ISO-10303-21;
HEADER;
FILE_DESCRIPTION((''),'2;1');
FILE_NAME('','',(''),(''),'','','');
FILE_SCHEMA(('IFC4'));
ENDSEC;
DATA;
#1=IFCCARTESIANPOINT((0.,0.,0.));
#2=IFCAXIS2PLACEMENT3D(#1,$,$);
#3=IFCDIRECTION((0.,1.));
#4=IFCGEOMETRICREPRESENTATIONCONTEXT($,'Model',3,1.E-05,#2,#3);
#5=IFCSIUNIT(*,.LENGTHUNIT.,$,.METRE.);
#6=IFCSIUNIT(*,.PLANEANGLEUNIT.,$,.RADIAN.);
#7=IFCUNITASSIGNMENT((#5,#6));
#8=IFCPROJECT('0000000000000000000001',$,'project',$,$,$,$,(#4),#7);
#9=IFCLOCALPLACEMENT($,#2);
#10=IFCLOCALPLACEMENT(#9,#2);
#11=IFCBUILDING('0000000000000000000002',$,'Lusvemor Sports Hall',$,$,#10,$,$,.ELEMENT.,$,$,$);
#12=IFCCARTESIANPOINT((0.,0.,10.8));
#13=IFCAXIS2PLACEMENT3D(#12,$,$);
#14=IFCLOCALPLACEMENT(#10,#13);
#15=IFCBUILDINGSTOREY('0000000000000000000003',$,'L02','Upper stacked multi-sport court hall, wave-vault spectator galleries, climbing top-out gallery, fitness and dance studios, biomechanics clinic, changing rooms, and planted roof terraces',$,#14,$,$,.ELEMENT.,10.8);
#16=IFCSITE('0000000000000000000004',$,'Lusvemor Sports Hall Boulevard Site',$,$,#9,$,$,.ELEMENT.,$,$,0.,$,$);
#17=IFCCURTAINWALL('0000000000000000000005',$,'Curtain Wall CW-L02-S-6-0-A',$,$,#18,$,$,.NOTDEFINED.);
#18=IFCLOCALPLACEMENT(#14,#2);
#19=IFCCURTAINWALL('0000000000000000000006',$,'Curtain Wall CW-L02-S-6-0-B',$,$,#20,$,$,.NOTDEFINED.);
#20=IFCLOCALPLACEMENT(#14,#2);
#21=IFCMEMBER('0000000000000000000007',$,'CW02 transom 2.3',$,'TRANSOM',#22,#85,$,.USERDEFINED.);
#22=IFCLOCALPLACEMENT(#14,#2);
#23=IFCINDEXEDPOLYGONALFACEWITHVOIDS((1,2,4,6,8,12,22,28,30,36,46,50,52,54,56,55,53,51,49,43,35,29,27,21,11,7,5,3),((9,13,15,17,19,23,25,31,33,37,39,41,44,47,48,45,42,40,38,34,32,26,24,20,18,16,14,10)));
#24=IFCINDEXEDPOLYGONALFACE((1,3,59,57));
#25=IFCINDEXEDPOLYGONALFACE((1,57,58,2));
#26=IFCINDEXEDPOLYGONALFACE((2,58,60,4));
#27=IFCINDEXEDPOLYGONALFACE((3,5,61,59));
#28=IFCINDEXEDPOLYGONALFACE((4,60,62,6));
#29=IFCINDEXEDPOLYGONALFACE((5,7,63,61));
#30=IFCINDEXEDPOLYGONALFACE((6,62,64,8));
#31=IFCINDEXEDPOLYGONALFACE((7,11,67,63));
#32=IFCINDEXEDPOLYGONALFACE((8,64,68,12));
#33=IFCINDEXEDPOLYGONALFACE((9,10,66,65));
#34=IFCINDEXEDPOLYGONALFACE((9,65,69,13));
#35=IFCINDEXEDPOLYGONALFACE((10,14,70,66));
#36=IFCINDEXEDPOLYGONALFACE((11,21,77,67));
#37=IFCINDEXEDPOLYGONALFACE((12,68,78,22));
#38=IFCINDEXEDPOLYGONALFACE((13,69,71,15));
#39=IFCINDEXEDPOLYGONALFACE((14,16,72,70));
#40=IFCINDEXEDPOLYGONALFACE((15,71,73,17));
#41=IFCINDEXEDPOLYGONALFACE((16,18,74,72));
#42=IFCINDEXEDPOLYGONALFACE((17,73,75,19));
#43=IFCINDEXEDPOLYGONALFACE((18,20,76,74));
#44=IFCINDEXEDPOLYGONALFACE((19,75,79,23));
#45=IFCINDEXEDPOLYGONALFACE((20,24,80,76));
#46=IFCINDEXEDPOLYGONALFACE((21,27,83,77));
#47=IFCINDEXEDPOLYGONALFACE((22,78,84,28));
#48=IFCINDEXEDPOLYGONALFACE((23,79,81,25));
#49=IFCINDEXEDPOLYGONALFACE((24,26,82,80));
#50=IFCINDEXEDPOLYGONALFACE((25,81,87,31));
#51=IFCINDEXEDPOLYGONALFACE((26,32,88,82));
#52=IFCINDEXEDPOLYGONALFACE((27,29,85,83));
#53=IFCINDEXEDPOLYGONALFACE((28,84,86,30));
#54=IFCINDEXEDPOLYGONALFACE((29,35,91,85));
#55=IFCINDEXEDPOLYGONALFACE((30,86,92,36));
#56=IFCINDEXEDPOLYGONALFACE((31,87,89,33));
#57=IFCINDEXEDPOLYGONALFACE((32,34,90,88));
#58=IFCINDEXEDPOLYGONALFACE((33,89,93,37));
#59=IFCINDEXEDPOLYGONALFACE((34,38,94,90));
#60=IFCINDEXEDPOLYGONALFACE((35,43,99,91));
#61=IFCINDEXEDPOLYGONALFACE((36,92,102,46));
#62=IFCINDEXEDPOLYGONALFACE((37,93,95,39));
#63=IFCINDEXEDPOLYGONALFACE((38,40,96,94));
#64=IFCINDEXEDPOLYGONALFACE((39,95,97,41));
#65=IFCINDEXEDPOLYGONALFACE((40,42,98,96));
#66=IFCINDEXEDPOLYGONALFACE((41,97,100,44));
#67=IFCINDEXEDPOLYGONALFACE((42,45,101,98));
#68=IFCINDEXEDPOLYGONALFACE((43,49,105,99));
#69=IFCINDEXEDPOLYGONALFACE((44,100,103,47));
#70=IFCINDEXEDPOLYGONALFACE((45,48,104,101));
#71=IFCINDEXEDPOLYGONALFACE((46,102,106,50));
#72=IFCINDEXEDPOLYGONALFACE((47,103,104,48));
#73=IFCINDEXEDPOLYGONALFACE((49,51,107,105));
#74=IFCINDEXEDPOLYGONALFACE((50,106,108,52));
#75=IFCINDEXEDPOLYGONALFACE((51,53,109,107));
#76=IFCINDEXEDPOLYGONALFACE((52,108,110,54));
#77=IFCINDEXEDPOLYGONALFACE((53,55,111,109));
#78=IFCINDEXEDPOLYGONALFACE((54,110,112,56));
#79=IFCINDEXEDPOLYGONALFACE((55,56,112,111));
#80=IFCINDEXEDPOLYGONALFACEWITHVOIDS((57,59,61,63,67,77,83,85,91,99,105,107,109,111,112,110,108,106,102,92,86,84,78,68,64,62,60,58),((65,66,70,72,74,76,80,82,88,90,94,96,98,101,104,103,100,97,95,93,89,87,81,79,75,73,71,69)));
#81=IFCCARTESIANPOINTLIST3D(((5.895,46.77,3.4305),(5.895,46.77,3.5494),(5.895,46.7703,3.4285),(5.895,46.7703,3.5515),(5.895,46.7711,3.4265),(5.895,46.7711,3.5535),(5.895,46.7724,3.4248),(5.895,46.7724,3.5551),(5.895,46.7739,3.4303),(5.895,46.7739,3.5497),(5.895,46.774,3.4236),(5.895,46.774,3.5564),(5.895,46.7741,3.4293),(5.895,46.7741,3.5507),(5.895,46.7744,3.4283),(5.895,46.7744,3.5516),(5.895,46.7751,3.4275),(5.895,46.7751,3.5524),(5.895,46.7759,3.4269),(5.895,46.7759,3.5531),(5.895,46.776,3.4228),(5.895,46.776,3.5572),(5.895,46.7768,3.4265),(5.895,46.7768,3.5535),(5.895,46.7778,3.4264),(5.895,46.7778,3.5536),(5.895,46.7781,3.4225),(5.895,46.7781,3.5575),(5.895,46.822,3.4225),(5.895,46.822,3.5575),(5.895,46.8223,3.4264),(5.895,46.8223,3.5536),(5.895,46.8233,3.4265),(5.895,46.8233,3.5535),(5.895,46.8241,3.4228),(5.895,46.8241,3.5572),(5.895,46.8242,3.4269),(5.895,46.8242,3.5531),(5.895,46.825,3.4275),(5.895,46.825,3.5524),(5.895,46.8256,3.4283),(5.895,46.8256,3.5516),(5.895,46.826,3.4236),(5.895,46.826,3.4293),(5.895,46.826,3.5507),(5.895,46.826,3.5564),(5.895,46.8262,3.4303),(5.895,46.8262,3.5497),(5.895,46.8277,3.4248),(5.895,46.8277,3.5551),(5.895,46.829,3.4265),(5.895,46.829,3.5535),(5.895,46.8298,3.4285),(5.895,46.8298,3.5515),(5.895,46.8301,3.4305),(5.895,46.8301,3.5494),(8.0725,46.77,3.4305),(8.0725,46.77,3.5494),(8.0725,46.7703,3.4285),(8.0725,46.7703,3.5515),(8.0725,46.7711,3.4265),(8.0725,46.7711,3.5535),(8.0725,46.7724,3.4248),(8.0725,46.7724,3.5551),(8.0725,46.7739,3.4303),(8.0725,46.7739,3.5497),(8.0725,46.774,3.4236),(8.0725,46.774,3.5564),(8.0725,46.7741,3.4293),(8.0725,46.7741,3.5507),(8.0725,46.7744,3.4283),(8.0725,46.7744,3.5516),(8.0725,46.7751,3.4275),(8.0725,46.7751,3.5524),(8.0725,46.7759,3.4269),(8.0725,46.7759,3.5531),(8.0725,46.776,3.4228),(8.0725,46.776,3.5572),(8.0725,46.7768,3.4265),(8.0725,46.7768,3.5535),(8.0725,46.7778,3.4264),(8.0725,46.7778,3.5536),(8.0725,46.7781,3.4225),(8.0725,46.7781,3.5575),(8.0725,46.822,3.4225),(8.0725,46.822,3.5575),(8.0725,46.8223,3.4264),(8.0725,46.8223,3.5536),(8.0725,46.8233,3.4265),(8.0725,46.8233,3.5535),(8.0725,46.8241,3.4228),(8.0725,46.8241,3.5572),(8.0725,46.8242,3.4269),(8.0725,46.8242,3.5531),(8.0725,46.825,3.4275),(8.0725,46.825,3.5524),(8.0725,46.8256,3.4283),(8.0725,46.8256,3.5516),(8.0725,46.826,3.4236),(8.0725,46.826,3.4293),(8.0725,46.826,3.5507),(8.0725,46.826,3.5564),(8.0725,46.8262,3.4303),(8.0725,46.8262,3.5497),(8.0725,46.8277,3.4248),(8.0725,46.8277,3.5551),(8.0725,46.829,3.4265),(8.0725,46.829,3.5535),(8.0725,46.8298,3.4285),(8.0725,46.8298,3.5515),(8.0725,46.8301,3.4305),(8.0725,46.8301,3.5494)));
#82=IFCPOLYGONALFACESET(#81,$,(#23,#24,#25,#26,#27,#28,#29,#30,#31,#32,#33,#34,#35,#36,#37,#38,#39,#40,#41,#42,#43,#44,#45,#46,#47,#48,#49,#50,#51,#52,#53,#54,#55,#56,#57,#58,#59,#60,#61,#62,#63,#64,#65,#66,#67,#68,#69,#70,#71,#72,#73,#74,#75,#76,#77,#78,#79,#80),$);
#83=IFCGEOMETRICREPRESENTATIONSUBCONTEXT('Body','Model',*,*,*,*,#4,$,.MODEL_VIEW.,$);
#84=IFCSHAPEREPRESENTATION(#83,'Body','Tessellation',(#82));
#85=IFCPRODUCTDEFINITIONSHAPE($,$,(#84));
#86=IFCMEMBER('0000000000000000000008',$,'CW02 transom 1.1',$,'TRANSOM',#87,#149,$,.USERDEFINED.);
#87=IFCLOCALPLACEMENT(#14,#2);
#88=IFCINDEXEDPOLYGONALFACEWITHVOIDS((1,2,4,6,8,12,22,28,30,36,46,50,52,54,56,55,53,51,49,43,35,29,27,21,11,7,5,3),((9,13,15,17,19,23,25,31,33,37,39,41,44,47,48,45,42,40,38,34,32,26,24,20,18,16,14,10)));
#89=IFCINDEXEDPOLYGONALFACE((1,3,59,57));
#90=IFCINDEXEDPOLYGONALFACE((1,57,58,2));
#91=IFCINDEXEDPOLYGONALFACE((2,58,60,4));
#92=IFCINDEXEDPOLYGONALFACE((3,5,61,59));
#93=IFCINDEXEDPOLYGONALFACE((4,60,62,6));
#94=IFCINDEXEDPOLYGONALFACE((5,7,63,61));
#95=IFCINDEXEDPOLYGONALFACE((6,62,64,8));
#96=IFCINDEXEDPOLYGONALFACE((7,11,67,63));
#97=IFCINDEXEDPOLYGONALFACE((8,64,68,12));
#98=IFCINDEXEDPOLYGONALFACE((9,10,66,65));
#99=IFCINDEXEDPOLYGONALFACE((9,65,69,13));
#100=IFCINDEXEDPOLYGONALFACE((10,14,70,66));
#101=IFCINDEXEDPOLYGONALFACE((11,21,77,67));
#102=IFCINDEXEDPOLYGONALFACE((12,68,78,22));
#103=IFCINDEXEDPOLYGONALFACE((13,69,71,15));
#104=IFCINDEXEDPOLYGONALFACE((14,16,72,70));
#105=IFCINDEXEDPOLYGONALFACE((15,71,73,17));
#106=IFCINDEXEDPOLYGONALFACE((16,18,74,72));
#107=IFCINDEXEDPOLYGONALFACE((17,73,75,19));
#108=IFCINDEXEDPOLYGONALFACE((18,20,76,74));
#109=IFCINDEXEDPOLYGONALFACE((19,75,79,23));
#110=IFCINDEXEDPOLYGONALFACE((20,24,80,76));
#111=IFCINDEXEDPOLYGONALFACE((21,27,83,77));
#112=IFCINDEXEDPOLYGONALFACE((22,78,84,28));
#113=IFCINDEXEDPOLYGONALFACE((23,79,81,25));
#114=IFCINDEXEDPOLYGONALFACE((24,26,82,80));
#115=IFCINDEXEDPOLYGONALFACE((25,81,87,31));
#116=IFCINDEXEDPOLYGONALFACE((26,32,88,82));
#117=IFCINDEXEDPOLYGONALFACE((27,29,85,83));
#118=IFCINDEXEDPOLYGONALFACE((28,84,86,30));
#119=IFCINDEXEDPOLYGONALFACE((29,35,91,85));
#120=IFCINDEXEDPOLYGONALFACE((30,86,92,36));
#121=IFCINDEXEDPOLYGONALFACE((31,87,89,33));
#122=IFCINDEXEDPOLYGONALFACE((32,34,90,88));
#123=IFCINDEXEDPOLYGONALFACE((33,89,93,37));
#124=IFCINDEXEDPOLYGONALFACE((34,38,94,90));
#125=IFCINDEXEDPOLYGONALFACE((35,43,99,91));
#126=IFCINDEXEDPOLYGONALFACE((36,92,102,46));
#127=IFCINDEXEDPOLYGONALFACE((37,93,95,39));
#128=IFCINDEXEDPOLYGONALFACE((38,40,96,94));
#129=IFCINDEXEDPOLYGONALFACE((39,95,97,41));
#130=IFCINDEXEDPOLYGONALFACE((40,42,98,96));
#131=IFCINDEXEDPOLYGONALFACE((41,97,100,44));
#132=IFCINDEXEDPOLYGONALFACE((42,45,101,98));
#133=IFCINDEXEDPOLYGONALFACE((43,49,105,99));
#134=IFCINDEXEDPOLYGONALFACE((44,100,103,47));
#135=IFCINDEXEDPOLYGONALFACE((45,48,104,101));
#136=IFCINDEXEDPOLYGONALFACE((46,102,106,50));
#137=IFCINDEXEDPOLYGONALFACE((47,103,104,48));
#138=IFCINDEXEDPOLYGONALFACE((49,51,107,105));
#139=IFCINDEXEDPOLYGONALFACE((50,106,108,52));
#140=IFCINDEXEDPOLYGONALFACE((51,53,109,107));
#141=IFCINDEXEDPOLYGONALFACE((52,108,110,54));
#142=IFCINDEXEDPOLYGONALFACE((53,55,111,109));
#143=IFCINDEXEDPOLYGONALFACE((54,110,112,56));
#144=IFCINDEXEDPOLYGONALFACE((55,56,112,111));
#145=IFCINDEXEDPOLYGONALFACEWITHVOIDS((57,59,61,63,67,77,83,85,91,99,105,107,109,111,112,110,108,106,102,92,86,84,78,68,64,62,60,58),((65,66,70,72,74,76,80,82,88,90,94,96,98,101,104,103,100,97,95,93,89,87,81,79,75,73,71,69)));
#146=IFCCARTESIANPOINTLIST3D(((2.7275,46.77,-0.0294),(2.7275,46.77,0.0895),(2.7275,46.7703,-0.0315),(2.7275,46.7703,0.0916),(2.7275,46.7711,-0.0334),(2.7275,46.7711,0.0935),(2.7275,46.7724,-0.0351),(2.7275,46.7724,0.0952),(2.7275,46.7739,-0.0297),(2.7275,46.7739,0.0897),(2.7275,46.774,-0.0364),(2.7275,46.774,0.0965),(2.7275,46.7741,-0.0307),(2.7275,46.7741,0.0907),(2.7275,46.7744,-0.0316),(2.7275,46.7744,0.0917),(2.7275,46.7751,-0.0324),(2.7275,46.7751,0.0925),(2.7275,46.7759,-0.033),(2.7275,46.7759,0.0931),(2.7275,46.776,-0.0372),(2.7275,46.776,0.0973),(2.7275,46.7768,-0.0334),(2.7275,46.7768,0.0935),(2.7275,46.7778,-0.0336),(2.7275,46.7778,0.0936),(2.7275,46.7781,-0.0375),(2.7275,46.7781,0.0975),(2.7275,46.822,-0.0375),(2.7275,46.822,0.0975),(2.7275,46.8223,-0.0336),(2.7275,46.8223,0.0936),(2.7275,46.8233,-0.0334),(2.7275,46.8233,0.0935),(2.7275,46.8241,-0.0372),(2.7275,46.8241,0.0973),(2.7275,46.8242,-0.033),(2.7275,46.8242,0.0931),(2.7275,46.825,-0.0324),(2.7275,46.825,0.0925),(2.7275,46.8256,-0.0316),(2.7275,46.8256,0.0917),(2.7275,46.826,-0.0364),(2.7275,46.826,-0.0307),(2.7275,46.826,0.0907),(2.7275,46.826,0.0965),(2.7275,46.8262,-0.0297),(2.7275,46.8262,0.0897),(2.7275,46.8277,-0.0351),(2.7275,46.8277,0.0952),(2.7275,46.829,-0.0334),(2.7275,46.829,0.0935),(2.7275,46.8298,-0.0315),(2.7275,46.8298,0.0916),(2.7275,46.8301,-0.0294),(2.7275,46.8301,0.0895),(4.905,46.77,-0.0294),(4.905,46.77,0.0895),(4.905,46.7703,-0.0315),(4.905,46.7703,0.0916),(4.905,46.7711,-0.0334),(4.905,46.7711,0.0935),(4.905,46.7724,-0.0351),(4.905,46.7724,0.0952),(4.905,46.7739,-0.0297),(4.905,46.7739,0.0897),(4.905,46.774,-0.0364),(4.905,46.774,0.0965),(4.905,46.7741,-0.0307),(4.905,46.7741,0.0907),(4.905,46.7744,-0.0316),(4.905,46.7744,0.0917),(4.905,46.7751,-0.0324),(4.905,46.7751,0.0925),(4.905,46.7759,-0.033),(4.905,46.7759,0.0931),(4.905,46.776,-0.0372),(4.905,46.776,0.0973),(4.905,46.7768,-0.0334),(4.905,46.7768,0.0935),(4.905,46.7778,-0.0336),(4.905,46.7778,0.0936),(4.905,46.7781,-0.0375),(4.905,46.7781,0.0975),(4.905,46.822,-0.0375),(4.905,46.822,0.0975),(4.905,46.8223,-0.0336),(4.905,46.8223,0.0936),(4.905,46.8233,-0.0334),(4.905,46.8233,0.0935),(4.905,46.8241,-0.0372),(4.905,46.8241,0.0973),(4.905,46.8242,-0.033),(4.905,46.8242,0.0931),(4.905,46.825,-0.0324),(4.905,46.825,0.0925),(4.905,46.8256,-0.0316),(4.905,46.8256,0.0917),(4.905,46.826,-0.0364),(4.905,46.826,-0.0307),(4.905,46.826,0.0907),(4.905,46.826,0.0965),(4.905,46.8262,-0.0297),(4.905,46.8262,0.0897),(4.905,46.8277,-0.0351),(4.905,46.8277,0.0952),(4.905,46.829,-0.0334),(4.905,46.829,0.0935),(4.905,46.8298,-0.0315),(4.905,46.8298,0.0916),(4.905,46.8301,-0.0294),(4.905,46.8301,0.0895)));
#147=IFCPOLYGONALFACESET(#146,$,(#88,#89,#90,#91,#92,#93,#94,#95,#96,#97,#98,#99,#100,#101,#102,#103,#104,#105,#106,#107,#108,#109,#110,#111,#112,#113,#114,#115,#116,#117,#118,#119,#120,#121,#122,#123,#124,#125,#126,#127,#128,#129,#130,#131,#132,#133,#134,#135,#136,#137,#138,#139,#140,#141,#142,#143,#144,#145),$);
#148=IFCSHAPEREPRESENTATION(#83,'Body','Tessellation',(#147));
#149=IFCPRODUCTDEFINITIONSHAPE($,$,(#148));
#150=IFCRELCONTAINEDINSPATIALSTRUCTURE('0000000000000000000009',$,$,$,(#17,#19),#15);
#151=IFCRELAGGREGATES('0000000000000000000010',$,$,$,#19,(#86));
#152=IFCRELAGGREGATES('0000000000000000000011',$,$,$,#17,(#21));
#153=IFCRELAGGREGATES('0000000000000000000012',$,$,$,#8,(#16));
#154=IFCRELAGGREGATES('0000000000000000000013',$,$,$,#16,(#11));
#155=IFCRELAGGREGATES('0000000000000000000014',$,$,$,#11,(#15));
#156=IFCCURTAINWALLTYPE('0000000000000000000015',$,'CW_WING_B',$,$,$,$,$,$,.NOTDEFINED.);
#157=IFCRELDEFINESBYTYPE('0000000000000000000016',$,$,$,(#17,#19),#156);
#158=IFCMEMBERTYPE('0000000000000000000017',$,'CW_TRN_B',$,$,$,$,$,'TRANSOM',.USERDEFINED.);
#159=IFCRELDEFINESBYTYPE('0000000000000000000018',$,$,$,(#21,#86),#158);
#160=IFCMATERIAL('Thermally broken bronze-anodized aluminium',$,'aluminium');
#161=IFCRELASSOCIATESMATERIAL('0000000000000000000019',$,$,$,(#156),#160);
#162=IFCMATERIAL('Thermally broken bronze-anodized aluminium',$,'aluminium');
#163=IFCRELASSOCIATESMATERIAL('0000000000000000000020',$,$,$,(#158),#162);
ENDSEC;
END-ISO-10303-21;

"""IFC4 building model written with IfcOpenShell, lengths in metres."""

from ifc_helpers import new_model, si_unit, direction, frame, origin, origin_2d, place, context, subcontext, project, spatial, hollow_rectangle, extrude, material, material_profile, profile_set, type_object, element, aggregate, save


model = new_model("IFC4")

# Units and contexts
model_context = context("Model", 3, precision=1e-05, world=origin(), true_north=direction((0.0, 1.0)))
body_context = subcontext(model_context, "Body", "Model", "MODEL_VIEW")
ifc_project = project(units=[si_unit("LENGTHUNIT", "METRE"), si_unit("PLANEANGLEUNIT", "RADIAN")], contexts=[model_context])

# Site, building, storey
site_placement = place(None, origin())
site = spatial("IfcSite", under=ifc_project, at=site_placement, Name="Lusvemor Sports Hall Boulevard Site", CompositionType="ELEMENT", RefElevation=0.0)
building_placement = place(site_placement, origin())
building = spatial("IfcBuilding", under=site, at=building_placement, Name="Lusvemor Sports Hall", CompositionType="ELEMENT")
storey_placement = place(building_placement, frame((0.0, 0.0, 10.8)))
storey = spatial("IfcBuildingStorey", under=building, at=storey_placement, Name="L02", Description="Upper stacked multi-sport court hall, wave-vault spectator galleries, climbing top-out gallery, fitness and dance studios, biomechanics clinic, changing rooms, and planted roof terraces", CompositionType="ELEMENT", Elevation=10.8)

# Curtain wall
ifc_material_1 = material(Name="Thermally broken bronze-anodized aluminium", Category="aluminium")
curtain_wall_type = type_object("IfcCurtainWallType", Name="CW_WING_B", PredefinedType="NOTDEFINED", material=ifc_material_1)
curtain_wall_1_placement = place(storey_placement, origin())
curtain_wall_1 = element("IfcCurtainWall", 1, at=curtain_wall_1_placement, inside=storey, type_object=curtain_wall_type, Name="Curtain Wall CW-L02-S-6-0-A", PredefinedType="NOTDEFINED")

# Curtain wall
curtain_wall_2_placement = place(storey_placement, origin())
curtain_wall_2 = element("IfcCurtainWall", 2, at=curtain_wall_2_placement, inside=storey, type_object=curtain_wall_type, Name="Curtain Wall CW-L02-S-6-0-B", PredefinedType="NOTDEFINED")

# Members
ifc_material_2 = material(Name="Thermally broken bronze-anodized aluminium", Category="aluminium")
ifc_material_profile_1 = material_profile(ifc_material_2, hollow_rectangle(XDim=0.0601, YDim=0.135, WallThickness=0.0039, InnerFilletRadius=0.0039, OuterFilletRadius=0.0081, at=origin_2d()), Name="CWTRN135x60x4")
ifc_profile_set_1 = profile_set([ifc_material_profile_1], Name="Thermally broken bronze-anodized aluminium")
member_type_1 = type_object("IfcMemberType", Name="CW_TRN_B", ElementType="TRANSOM", PredefinedType="USERDEFINED", material=ifc_profile_set_1)
member_1_placement = place(storey_placement, frame((8.0725, 46.8, 3.49), z_axis=(-1.0, 0.0, 0.0), x_axis=(0.0, -1.0, 0.0)))
member_1 = element("IfcMember", 3, at=member_1_placement, type_object=member_type_1, Name="CW02 transom 2.3", ObjectType="TRANSOM", PredefinedType="USERDEFINED", context=body_context, shape_type="SweptSolid", body=[
    extrude(hollow_rectangle(XDim=0.0601, YDim=0.135, WallThickness=0.0039, InnerFilletRadius=0.0039, OuterFilletRadius=0.0081, at=origin_2d()), origin(), (0.0, 0.0, 1.0), 2.1775),
])
member_2_placement = place(storey_placement, frame((4.905, 46.8, 0.03), z_axis=(-1.0, 0.0, 0.0), x_axis=(0.0, -1.0, 0.0)))
member_2 = element("IfcMember", 4, at=member_2_placement, type_object=member_type_1, Name="CW02 transom 1.1", ObjectType="TRANSOM", PredefinedType="USERDEFINED", context=body_context, shape_type="SweptSolid", body=[
    extrude(hollow_rectangle(XDim=0.0601, YDim=0.135, WallThickness=0.0039, InnerFilletRadius=0.0039, OuterFilletRadius=0.0081, at=origin_2d()), origin(), (0.0, 0.0, 1.0), 2.1775),
])
aggregate(curtain_wall_2, [member_2])

aggregate(curtain_wall_1, [member_1])

save(model, "model.ifc")
